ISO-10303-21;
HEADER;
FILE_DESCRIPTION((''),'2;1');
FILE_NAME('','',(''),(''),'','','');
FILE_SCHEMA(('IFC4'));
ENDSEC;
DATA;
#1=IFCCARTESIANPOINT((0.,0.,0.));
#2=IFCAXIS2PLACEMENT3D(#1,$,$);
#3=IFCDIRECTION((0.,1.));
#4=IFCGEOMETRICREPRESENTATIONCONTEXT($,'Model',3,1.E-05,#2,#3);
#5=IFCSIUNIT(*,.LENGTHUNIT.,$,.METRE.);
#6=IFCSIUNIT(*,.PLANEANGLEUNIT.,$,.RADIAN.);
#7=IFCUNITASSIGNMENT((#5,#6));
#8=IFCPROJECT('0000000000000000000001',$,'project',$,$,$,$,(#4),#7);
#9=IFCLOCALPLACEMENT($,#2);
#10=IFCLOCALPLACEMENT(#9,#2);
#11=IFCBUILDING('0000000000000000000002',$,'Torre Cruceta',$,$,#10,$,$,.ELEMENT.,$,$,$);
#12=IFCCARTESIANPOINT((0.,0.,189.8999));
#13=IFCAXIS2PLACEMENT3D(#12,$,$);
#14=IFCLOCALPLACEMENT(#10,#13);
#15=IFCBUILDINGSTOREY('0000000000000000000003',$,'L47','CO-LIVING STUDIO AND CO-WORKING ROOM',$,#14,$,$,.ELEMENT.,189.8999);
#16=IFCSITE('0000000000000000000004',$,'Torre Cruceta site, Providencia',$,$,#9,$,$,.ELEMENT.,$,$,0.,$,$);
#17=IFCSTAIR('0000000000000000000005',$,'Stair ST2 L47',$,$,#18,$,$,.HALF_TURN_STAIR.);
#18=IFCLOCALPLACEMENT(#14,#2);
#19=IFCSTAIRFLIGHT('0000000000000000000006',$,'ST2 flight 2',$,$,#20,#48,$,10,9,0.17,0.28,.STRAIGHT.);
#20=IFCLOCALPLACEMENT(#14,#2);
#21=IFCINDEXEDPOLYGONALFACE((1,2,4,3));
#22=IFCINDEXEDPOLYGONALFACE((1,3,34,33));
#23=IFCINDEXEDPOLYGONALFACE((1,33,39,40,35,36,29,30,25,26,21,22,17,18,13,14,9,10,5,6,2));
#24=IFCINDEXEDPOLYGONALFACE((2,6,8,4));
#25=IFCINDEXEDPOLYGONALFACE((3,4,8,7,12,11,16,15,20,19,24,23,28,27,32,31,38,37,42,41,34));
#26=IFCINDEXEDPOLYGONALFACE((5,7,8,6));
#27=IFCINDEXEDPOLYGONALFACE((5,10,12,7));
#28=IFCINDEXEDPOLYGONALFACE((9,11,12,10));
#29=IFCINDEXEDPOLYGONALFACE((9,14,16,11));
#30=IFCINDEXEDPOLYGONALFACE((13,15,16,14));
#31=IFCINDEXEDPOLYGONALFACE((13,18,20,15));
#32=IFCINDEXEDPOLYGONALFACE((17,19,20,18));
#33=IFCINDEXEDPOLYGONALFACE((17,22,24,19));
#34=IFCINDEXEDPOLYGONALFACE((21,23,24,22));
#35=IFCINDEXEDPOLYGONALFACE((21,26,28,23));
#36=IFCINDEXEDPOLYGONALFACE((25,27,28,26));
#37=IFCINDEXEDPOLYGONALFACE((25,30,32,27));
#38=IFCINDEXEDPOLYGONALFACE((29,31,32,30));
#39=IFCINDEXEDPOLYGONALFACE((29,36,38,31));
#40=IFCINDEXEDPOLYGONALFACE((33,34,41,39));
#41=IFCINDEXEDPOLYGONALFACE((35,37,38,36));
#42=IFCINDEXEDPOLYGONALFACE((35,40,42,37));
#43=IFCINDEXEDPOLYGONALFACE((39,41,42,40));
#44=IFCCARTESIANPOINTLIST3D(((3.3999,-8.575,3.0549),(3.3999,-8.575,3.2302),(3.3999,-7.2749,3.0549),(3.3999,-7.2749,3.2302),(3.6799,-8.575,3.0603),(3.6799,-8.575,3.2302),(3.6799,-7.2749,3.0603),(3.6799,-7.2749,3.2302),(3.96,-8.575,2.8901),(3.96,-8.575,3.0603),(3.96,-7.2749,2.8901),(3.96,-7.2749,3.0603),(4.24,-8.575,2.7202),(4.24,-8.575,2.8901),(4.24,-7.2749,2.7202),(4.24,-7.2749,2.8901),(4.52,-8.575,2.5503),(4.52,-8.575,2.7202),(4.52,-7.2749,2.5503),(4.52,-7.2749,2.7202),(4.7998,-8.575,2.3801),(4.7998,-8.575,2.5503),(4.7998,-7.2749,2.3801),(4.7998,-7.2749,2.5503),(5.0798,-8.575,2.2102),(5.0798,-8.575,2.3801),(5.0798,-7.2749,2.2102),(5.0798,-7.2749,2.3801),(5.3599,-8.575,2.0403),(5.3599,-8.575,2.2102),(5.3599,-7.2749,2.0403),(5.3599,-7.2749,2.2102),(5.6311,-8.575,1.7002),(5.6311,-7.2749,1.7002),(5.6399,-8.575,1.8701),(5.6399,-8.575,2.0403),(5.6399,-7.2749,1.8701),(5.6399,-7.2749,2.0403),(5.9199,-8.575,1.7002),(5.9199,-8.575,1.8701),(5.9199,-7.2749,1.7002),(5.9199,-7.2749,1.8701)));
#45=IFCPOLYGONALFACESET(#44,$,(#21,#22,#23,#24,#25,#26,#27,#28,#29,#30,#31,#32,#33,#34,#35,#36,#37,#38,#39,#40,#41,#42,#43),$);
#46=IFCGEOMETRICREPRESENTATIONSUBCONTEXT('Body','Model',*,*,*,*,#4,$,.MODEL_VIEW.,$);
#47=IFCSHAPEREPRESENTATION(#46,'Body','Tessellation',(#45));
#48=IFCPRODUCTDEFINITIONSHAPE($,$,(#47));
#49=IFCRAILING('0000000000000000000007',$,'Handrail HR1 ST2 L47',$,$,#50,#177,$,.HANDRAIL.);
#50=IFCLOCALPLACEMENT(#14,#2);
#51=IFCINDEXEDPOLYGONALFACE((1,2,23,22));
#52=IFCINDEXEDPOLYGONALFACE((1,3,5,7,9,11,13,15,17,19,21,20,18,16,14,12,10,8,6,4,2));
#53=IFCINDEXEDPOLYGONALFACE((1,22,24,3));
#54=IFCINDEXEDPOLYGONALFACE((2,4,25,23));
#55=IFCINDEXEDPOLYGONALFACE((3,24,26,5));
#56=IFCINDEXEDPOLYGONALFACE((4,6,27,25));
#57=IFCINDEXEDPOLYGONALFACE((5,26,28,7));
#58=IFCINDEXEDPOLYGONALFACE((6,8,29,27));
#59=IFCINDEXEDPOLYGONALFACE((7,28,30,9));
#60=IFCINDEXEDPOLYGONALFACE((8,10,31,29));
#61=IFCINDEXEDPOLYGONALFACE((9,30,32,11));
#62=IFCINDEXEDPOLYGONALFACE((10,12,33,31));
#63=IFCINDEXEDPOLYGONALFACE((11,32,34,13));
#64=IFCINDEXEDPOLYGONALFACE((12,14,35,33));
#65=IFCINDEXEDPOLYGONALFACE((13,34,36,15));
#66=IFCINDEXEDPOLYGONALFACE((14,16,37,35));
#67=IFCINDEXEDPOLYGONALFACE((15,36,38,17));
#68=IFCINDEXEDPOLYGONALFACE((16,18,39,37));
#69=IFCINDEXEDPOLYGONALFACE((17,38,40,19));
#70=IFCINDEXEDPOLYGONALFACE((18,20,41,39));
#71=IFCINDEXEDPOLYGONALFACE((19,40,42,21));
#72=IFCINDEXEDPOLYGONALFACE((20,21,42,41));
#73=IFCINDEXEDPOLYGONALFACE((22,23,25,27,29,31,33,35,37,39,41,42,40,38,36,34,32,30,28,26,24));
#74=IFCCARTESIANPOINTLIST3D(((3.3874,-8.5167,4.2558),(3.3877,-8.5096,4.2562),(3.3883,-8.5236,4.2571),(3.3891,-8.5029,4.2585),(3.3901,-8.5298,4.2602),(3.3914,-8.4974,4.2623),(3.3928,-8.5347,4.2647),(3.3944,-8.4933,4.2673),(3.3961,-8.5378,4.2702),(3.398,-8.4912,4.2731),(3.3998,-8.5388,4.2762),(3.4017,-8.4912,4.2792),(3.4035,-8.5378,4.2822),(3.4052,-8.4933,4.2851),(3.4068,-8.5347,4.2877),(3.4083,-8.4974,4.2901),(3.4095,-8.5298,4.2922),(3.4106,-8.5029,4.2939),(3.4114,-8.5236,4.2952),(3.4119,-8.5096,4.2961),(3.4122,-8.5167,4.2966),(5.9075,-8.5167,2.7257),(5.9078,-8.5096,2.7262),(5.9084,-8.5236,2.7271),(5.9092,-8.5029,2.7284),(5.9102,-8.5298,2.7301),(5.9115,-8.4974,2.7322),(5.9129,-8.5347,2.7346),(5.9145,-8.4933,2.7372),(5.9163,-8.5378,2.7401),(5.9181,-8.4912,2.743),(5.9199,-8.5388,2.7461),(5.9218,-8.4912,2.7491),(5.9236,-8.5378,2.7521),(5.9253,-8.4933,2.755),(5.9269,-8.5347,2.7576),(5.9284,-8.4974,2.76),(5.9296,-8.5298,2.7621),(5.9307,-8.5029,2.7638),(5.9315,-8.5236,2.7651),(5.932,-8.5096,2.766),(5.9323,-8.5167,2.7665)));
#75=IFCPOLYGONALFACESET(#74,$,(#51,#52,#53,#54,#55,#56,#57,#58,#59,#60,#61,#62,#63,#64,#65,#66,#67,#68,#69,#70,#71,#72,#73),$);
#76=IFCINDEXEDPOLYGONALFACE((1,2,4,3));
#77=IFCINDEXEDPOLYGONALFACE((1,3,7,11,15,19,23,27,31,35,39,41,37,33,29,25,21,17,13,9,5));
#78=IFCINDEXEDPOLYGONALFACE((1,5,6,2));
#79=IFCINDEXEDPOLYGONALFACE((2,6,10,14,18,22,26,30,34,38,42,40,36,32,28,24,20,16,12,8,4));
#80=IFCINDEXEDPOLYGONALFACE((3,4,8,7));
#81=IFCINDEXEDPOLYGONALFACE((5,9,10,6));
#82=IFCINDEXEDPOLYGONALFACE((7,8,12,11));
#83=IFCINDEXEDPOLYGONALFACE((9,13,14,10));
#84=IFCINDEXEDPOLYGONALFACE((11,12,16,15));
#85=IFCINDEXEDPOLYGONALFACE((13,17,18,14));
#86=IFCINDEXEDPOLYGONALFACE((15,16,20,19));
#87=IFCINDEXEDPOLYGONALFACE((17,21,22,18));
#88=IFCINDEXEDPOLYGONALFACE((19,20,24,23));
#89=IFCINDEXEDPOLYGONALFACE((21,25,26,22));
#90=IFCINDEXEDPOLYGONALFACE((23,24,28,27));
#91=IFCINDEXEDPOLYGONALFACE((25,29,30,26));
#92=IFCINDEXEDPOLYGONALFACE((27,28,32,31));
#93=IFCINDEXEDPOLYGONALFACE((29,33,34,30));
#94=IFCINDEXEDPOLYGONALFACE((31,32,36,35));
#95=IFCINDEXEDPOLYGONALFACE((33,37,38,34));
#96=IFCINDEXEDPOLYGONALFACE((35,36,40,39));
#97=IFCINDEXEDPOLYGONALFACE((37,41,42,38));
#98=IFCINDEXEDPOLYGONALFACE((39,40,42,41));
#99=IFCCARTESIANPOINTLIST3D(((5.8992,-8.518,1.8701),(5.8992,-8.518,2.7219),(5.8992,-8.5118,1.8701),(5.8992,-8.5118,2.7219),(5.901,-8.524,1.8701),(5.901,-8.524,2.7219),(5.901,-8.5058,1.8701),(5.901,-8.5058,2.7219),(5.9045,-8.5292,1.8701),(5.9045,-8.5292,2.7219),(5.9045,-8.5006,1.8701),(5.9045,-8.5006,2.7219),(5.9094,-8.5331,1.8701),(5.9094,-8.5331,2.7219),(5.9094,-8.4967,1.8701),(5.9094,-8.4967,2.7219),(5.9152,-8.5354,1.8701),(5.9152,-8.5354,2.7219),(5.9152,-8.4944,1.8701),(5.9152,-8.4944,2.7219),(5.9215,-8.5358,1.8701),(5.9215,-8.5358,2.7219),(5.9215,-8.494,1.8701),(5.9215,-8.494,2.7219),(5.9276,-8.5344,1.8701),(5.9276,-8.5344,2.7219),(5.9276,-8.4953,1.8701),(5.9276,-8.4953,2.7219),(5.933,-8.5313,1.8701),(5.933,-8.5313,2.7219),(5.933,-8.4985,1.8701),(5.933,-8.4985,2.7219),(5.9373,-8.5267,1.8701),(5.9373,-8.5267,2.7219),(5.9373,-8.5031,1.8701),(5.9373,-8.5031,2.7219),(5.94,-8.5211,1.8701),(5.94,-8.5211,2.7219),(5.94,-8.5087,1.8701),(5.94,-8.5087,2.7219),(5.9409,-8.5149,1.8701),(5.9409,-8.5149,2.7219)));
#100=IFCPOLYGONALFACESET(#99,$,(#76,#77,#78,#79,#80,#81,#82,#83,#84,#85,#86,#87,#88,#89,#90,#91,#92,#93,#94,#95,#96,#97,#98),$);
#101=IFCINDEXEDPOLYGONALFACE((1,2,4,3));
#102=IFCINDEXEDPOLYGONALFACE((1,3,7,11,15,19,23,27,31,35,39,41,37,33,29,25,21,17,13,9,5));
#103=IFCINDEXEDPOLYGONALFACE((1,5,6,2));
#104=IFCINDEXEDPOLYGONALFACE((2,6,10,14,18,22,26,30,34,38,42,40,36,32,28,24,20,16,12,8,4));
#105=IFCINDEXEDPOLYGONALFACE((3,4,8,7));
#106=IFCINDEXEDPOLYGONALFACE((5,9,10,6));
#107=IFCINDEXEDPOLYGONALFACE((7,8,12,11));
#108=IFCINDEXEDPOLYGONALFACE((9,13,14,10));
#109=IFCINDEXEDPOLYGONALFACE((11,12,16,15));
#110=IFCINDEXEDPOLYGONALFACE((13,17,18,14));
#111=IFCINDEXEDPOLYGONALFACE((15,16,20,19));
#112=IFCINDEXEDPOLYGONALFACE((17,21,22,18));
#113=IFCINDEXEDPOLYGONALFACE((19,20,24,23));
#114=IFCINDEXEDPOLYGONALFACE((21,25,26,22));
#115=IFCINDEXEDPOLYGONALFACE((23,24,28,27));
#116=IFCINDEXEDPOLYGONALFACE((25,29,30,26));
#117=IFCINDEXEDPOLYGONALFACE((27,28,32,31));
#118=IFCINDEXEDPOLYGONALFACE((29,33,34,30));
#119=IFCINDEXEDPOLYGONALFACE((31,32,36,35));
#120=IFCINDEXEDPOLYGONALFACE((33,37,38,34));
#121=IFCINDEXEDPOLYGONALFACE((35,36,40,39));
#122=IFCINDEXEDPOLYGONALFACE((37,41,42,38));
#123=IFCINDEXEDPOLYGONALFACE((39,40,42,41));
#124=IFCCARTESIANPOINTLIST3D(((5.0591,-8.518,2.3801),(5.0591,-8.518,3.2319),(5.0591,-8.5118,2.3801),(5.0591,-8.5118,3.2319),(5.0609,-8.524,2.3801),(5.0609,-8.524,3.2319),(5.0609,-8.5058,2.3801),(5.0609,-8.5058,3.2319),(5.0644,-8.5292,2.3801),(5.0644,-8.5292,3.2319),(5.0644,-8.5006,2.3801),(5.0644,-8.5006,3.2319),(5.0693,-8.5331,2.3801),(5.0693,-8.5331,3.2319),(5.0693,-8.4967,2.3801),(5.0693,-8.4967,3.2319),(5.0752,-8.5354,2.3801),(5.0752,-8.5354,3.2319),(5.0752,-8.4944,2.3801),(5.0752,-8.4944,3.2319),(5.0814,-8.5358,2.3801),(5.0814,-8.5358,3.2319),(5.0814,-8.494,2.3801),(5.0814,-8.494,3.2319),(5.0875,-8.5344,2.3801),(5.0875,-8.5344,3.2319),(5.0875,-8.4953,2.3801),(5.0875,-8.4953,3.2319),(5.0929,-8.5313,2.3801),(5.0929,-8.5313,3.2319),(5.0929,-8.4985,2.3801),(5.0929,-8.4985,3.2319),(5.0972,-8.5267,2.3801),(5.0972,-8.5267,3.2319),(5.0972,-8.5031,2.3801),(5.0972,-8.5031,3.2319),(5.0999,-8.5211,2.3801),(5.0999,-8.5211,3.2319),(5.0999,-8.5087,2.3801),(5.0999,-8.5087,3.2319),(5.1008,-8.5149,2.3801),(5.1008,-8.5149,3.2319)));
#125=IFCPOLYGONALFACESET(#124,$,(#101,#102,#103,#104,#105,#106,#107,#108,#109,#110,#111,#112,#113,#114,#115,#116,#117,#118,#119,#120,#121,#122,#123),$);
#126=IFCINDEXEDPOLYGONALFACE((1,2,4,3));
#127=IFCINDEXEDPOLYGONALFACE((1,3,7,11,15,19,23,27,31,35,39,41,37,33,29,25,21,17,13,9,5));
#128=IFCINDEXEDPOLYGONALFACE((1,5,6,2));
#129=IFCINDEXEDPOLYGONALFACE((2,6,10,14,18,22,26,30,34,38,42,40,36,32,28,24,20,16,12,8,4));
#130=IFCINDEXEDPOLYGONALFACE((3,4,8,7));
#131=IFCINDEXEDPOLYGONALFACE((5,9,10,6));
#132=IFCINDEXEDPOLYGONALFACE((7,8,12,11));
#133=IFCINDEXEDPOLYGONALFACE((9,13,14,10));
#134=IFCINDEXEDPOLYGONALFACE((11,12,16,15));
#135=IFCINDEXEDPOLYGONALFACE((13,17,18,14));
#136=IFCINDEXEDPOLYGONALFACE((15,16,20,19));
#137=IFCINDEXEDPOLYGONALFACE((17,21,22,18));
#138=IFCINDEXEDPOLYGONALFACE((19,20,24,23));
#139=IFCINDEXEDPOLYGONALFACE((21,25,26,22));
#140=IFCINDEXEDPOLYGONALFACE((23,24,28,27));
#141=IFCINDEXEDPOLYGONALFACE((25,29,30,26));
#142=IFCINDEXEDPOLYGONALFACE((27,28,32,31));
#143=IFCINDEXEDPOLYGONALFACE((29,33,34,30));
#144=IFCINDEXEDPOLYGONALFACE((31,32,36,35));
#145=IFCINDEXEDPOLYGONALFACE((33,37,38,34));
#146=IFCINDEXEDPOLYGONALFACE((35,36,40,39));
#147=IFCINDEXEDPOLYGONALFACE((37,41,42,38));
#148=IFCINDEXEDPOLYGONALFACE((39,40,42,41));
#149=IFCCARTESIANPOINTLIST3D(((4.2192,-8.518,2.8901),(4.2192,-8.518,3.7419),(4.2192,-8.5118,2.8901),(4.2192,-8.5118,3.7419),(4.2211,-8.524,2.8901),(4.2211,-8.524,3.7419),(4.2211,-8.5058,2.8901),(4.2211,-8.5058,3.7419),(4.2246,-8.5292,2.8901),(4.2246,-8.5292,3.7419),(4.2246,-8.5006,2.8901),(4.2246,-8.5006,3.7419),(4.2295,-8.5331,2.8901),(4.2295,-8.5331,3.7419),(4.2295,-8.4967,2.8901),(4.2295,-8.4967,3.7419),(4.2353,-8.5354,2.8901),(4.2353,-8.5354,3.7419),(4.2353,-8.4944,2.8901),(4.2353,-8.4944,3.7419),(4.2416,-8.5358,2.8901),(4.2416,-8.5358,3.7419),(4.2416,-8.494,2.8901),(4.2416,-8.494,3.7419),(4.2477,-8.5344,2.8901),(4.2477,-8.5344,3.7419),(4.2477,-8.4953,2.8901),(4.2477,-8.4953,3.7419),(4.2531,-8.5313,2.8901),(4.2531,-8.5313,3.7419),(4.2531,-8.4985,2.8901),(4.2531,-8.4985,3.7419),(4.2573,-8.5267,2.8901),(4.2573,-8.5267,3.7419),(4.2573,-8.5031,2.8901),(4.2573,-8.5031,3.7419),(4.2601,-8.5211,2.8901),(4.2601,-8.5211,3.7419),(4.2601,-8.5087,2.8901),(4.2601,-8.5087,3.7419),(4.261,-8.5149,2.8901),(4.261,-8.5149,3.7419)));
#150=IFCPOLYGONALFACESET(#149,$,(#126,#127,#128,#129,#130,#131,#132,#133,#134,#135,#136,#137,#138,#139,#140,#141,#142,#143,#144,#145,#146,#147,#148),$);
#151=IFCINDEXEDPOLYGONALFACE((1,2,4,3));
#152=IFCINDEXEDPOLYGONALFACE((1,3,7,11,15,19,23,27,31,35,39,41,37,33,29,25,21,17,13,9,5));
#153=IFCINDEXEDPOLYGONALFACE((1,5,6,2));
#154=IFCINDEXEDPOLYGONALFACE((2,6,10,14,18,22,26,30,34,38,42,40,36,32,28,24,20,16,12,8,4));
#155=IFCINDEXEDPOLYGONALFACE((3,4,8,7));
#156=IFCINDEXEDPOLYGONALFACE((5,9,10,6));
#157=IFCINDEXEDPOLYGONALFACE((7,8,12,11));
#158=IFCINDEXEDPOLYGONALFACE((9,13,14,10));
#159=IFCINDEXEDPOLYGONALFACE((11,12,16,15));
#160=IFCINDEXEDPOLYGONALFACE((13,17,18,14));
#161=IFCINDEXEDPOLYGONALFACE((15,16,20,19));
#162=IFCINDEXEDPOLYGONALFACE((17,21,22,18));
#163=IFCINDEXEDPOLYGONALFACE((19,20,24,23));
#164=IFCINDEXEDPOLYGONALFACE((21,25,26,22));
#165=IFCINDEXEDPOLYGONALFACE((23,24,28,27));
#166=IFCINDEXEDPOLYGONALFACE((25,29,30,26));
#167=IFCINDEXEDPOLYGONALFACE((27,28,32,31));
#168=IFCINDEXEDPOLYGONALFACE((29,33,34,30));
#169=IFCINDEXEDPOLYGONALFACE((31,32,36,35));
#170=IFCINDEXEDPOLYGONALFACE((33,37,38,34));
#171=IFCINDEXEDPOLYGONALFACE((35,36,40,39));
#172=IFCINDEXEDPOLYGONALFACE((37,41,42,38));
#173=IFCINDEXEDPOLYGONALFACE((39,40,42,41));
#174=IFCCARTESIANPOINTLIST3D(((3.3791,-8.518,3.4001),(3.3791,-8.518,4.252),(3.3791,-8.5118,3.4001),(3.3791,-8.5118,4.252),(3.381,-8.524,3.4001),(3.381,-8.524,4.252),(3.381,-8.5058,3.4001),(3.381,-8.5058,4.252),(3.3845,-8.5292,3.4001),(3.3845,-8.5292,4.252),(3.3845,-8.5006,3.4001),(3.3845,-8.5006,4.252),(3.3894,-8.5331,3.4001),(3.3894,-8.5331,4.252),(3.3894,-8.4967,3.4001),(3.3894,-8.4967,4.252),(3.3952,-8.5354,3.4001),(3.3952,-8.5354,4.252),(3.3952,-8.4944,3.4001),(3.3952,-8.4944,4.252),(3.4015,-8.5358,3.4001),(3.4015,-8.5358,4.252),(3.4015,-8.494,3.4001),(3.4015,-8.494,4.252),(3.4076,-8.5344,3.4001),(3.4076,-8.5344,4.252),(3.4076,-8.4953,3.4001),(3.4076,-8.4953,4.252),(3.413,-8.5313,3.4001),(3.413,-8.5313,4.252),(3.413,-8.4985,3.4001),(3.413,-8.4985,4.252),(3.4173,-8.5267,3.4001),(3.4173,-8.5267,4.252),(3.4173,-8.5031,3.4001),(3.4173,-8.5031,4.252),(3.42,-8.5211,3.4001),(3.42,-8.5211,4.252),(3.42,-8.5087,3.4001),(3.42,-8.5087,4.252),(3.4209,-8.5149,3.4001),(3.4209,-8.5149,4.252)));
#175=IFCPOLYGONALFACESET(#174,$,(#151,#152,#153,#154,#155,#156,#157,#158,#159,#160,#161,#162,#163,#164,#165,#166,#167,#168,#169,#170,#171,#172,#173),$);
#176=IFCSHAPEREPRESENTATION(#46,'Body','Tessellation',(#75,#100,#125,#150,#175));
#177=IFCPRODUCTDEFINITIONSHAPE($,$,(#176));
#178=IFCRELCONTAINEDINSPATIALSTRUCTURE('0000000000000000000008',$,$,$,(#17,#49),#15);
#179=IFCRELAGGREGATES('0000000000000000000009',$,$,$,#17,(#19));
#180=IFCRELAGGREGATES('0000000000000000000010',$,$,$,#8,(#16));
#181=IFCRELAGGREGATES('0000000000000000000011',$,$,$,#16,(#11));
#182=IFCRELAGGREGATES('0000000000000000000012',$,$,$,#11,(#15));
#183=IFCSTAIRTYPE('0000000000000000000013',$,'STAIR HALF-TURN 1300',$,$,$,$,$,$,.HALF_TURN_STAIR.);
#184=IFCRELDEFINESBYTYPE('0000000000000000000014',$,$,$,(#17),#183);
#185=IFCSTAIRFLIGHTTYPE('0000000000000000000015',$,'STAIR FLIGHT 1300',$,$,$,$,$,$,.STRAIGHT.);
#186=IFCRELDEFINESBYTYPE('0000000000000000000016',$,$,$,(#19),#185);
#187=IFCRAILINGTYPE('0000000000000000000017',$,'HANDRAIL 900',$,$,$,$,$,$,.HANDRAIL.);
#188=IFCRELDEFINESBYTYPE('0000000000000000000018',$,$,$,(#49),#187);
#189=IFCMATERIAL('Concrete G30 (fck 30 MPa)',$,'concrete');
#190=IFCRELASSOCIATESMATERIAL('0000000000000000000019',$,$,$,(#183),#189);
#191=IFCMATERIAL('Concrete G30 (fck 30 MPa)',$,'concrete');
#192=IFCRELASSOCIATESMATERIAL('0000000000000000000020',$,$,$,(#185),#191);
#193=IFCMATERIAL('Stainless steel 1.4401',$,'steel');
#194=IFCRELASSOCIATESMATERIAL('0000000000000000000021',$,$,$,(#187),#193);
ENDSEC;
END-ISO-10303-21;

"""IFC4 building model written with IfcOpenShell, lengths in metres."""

from ifc_helpers import new_model, si_unit, direction, frame, origin, origin_2d, place, context, subcontext, project, spatial, polyline, circle, outline, extrude, material, type_object, element, aggregate, save


model = new_model("IFC4")

# Units and contexts
model_context = context("Model", 3, precision=1e-05, world=origin(), true_north=direction((0.0, 1.0)))
body_context = subcontext(model_context, "Body", "Model", "MODEL_VIEW")
ifc_project = project(units=[si_unit("LENGTHUNIT", "METRE"), si_unit("PLANEANGLEUNIT", "RADIAN")], contexts=[model_context])

# Site, building, storey
site_placement = place(None, origin())
site = spatial("IfcSite", under=ifc_project, at=site_placement, Name="Torre Cruceta site, Providencia", CompositionType="ELEMENT", RefElevation=0.0)
building_placement = place(site_placement, origin())
building = spatial("IfcBuilding", under=site, at=building_placement, Name="Torre Cruceta", CompositionType="ELEMENT")
storey_placement = place(building_placement, frame((0.0, 0.0, 189.8999)))
storey = spatial("IfcBuildingStorey", under=building, at=storey_placement, Name="L47", Description="CO-LIVING STUDIO AND CO-WORKING ROOM", CompositionType="ELEMENT", Elevation=189.8999)

# Stair, stair flight
ifc_material_1 = material(Name="Concrete G30 (fck 30 MPa)", Category="concrete")
stair_type = type_object("IfcStairType", Name="STAIR HALF-TURN 1300", PredefinedType="HALF_TURN_STAIR", material=ifc_material_1)
stair_placement = place(storey_placement, origin())
stair = element("IfcStair", 1, at=stair_placement, inside=storey, type_object=stair_type, Name="Stair ST2 L47", PredefinedType="HALF_TURN_STAIR")
ifc_material_2 = material(Name="Concrete G30 (fck 30 MPa)", Category="concrete")
stair_flight_type = type_object("IfcStairFlightType", Name="STAIR FLIGHT 1300", PredefinedType="STRAIGHT", material=ifc_material_2)
stair_flight_placement = place(storey_placement, frame((5.9199, -7.925, 1.7002), z_axis=(0.0, 0.0, 1.0), x_axis=(-1.0, 0.0, 0.0)))
stair_flight = element("IfcStairFlight", 2, at=stair_flight_placement, type_object=stair_flight_type, Name="ST2 flight 2", NumberOfRisers=10, NumberOfTreads=9, PredefinedType="STRAIGHT", RiserHeight=0.17, TreadLength=0.28, context=body_context, shape_type="SweptSolid", body=[
    extrude(outline(polyline([(0.0, 0.0), (0.0, 0.1699), (0.28, 0.1699), (0.28, 0.3401), (0.5601, 0.3401), (0.5601, 0.51), (0.8401, 0.51), (0.8401, 0.6799), (1.1201, 0.6799), (1.1201, 0.8501), (1.3999, 0.8501), (1.3999, 1.02), (1.6799, 1.02), (1.6799, 1.1899), (1.96, 1.1899), (1.96, 1.3601), (2.24, 1.3601), (2.24, 1.53), (2.52, 1.53), (2.52, 1.7), (2.52, 1.3547), (0.2888, 0.0), (0.0, 0.0)])), frame((0.0, 0.6499, 0.0), z_axis=(0.0, -1.0, 0.0), x_axis=(1.0, 0.0, 0.0)), (0.0, 0.0, 1.0), 1.3),
])
aggregate(stair, [stair_flight])

# Railing
ifc_material_3 = material(Name="Stainless steel 1.4401", Category="steel")
railing_type = type_object("IfcRailingType", Name="HANDRAIL 900", PredefinedType="HANDRAIL", material=ifc_material_3)
railing_1_placement = place(storey_placement, frame((5.9199, -8.5149, 1.8701)))
element("IfcRailing", 3, at=railing_1_placement, inside=storey, type_object=railing_type, Name="Handrail HR1 ST2 L47", PredefinedType="HANDRAIL", context=body_context, shape_type="SweptSolid", body=[
    extrude(circle(Radius=0.0239, at=origin_2d()), frame((0.0, 0.0, 0.876), z_axis=(-0.854785, 0.0, 0.518982), x_axis=(0.0, -1.0, 0.0)), (0.0, 0.0, 1.0), 2.9482),
    extrude(circle(Radius=0.021, at=origin_2d()), origin(), (0.0, 0.0, 1.0), 0.8518),
    extrude(circle(Radius=0.021, at=origin_2d()), frame((-0.8401, 0.0, 0.51)), (0.0, 0.0, 1.0), 0.8518),
    extrude(circle(Radius=0.021, at=origin_2d()), frame((-1.6799, 0.0, 1.02)), (0.0, 0.0, 1.0), 0.8518),
    extrude(circle(Radius=0.021, at=origin_2d()), frame((-2.52, 0.0, 1.53)), (0.0, 0.0, 1.0), 0.8518),
])

save(model, "model.ifc")
